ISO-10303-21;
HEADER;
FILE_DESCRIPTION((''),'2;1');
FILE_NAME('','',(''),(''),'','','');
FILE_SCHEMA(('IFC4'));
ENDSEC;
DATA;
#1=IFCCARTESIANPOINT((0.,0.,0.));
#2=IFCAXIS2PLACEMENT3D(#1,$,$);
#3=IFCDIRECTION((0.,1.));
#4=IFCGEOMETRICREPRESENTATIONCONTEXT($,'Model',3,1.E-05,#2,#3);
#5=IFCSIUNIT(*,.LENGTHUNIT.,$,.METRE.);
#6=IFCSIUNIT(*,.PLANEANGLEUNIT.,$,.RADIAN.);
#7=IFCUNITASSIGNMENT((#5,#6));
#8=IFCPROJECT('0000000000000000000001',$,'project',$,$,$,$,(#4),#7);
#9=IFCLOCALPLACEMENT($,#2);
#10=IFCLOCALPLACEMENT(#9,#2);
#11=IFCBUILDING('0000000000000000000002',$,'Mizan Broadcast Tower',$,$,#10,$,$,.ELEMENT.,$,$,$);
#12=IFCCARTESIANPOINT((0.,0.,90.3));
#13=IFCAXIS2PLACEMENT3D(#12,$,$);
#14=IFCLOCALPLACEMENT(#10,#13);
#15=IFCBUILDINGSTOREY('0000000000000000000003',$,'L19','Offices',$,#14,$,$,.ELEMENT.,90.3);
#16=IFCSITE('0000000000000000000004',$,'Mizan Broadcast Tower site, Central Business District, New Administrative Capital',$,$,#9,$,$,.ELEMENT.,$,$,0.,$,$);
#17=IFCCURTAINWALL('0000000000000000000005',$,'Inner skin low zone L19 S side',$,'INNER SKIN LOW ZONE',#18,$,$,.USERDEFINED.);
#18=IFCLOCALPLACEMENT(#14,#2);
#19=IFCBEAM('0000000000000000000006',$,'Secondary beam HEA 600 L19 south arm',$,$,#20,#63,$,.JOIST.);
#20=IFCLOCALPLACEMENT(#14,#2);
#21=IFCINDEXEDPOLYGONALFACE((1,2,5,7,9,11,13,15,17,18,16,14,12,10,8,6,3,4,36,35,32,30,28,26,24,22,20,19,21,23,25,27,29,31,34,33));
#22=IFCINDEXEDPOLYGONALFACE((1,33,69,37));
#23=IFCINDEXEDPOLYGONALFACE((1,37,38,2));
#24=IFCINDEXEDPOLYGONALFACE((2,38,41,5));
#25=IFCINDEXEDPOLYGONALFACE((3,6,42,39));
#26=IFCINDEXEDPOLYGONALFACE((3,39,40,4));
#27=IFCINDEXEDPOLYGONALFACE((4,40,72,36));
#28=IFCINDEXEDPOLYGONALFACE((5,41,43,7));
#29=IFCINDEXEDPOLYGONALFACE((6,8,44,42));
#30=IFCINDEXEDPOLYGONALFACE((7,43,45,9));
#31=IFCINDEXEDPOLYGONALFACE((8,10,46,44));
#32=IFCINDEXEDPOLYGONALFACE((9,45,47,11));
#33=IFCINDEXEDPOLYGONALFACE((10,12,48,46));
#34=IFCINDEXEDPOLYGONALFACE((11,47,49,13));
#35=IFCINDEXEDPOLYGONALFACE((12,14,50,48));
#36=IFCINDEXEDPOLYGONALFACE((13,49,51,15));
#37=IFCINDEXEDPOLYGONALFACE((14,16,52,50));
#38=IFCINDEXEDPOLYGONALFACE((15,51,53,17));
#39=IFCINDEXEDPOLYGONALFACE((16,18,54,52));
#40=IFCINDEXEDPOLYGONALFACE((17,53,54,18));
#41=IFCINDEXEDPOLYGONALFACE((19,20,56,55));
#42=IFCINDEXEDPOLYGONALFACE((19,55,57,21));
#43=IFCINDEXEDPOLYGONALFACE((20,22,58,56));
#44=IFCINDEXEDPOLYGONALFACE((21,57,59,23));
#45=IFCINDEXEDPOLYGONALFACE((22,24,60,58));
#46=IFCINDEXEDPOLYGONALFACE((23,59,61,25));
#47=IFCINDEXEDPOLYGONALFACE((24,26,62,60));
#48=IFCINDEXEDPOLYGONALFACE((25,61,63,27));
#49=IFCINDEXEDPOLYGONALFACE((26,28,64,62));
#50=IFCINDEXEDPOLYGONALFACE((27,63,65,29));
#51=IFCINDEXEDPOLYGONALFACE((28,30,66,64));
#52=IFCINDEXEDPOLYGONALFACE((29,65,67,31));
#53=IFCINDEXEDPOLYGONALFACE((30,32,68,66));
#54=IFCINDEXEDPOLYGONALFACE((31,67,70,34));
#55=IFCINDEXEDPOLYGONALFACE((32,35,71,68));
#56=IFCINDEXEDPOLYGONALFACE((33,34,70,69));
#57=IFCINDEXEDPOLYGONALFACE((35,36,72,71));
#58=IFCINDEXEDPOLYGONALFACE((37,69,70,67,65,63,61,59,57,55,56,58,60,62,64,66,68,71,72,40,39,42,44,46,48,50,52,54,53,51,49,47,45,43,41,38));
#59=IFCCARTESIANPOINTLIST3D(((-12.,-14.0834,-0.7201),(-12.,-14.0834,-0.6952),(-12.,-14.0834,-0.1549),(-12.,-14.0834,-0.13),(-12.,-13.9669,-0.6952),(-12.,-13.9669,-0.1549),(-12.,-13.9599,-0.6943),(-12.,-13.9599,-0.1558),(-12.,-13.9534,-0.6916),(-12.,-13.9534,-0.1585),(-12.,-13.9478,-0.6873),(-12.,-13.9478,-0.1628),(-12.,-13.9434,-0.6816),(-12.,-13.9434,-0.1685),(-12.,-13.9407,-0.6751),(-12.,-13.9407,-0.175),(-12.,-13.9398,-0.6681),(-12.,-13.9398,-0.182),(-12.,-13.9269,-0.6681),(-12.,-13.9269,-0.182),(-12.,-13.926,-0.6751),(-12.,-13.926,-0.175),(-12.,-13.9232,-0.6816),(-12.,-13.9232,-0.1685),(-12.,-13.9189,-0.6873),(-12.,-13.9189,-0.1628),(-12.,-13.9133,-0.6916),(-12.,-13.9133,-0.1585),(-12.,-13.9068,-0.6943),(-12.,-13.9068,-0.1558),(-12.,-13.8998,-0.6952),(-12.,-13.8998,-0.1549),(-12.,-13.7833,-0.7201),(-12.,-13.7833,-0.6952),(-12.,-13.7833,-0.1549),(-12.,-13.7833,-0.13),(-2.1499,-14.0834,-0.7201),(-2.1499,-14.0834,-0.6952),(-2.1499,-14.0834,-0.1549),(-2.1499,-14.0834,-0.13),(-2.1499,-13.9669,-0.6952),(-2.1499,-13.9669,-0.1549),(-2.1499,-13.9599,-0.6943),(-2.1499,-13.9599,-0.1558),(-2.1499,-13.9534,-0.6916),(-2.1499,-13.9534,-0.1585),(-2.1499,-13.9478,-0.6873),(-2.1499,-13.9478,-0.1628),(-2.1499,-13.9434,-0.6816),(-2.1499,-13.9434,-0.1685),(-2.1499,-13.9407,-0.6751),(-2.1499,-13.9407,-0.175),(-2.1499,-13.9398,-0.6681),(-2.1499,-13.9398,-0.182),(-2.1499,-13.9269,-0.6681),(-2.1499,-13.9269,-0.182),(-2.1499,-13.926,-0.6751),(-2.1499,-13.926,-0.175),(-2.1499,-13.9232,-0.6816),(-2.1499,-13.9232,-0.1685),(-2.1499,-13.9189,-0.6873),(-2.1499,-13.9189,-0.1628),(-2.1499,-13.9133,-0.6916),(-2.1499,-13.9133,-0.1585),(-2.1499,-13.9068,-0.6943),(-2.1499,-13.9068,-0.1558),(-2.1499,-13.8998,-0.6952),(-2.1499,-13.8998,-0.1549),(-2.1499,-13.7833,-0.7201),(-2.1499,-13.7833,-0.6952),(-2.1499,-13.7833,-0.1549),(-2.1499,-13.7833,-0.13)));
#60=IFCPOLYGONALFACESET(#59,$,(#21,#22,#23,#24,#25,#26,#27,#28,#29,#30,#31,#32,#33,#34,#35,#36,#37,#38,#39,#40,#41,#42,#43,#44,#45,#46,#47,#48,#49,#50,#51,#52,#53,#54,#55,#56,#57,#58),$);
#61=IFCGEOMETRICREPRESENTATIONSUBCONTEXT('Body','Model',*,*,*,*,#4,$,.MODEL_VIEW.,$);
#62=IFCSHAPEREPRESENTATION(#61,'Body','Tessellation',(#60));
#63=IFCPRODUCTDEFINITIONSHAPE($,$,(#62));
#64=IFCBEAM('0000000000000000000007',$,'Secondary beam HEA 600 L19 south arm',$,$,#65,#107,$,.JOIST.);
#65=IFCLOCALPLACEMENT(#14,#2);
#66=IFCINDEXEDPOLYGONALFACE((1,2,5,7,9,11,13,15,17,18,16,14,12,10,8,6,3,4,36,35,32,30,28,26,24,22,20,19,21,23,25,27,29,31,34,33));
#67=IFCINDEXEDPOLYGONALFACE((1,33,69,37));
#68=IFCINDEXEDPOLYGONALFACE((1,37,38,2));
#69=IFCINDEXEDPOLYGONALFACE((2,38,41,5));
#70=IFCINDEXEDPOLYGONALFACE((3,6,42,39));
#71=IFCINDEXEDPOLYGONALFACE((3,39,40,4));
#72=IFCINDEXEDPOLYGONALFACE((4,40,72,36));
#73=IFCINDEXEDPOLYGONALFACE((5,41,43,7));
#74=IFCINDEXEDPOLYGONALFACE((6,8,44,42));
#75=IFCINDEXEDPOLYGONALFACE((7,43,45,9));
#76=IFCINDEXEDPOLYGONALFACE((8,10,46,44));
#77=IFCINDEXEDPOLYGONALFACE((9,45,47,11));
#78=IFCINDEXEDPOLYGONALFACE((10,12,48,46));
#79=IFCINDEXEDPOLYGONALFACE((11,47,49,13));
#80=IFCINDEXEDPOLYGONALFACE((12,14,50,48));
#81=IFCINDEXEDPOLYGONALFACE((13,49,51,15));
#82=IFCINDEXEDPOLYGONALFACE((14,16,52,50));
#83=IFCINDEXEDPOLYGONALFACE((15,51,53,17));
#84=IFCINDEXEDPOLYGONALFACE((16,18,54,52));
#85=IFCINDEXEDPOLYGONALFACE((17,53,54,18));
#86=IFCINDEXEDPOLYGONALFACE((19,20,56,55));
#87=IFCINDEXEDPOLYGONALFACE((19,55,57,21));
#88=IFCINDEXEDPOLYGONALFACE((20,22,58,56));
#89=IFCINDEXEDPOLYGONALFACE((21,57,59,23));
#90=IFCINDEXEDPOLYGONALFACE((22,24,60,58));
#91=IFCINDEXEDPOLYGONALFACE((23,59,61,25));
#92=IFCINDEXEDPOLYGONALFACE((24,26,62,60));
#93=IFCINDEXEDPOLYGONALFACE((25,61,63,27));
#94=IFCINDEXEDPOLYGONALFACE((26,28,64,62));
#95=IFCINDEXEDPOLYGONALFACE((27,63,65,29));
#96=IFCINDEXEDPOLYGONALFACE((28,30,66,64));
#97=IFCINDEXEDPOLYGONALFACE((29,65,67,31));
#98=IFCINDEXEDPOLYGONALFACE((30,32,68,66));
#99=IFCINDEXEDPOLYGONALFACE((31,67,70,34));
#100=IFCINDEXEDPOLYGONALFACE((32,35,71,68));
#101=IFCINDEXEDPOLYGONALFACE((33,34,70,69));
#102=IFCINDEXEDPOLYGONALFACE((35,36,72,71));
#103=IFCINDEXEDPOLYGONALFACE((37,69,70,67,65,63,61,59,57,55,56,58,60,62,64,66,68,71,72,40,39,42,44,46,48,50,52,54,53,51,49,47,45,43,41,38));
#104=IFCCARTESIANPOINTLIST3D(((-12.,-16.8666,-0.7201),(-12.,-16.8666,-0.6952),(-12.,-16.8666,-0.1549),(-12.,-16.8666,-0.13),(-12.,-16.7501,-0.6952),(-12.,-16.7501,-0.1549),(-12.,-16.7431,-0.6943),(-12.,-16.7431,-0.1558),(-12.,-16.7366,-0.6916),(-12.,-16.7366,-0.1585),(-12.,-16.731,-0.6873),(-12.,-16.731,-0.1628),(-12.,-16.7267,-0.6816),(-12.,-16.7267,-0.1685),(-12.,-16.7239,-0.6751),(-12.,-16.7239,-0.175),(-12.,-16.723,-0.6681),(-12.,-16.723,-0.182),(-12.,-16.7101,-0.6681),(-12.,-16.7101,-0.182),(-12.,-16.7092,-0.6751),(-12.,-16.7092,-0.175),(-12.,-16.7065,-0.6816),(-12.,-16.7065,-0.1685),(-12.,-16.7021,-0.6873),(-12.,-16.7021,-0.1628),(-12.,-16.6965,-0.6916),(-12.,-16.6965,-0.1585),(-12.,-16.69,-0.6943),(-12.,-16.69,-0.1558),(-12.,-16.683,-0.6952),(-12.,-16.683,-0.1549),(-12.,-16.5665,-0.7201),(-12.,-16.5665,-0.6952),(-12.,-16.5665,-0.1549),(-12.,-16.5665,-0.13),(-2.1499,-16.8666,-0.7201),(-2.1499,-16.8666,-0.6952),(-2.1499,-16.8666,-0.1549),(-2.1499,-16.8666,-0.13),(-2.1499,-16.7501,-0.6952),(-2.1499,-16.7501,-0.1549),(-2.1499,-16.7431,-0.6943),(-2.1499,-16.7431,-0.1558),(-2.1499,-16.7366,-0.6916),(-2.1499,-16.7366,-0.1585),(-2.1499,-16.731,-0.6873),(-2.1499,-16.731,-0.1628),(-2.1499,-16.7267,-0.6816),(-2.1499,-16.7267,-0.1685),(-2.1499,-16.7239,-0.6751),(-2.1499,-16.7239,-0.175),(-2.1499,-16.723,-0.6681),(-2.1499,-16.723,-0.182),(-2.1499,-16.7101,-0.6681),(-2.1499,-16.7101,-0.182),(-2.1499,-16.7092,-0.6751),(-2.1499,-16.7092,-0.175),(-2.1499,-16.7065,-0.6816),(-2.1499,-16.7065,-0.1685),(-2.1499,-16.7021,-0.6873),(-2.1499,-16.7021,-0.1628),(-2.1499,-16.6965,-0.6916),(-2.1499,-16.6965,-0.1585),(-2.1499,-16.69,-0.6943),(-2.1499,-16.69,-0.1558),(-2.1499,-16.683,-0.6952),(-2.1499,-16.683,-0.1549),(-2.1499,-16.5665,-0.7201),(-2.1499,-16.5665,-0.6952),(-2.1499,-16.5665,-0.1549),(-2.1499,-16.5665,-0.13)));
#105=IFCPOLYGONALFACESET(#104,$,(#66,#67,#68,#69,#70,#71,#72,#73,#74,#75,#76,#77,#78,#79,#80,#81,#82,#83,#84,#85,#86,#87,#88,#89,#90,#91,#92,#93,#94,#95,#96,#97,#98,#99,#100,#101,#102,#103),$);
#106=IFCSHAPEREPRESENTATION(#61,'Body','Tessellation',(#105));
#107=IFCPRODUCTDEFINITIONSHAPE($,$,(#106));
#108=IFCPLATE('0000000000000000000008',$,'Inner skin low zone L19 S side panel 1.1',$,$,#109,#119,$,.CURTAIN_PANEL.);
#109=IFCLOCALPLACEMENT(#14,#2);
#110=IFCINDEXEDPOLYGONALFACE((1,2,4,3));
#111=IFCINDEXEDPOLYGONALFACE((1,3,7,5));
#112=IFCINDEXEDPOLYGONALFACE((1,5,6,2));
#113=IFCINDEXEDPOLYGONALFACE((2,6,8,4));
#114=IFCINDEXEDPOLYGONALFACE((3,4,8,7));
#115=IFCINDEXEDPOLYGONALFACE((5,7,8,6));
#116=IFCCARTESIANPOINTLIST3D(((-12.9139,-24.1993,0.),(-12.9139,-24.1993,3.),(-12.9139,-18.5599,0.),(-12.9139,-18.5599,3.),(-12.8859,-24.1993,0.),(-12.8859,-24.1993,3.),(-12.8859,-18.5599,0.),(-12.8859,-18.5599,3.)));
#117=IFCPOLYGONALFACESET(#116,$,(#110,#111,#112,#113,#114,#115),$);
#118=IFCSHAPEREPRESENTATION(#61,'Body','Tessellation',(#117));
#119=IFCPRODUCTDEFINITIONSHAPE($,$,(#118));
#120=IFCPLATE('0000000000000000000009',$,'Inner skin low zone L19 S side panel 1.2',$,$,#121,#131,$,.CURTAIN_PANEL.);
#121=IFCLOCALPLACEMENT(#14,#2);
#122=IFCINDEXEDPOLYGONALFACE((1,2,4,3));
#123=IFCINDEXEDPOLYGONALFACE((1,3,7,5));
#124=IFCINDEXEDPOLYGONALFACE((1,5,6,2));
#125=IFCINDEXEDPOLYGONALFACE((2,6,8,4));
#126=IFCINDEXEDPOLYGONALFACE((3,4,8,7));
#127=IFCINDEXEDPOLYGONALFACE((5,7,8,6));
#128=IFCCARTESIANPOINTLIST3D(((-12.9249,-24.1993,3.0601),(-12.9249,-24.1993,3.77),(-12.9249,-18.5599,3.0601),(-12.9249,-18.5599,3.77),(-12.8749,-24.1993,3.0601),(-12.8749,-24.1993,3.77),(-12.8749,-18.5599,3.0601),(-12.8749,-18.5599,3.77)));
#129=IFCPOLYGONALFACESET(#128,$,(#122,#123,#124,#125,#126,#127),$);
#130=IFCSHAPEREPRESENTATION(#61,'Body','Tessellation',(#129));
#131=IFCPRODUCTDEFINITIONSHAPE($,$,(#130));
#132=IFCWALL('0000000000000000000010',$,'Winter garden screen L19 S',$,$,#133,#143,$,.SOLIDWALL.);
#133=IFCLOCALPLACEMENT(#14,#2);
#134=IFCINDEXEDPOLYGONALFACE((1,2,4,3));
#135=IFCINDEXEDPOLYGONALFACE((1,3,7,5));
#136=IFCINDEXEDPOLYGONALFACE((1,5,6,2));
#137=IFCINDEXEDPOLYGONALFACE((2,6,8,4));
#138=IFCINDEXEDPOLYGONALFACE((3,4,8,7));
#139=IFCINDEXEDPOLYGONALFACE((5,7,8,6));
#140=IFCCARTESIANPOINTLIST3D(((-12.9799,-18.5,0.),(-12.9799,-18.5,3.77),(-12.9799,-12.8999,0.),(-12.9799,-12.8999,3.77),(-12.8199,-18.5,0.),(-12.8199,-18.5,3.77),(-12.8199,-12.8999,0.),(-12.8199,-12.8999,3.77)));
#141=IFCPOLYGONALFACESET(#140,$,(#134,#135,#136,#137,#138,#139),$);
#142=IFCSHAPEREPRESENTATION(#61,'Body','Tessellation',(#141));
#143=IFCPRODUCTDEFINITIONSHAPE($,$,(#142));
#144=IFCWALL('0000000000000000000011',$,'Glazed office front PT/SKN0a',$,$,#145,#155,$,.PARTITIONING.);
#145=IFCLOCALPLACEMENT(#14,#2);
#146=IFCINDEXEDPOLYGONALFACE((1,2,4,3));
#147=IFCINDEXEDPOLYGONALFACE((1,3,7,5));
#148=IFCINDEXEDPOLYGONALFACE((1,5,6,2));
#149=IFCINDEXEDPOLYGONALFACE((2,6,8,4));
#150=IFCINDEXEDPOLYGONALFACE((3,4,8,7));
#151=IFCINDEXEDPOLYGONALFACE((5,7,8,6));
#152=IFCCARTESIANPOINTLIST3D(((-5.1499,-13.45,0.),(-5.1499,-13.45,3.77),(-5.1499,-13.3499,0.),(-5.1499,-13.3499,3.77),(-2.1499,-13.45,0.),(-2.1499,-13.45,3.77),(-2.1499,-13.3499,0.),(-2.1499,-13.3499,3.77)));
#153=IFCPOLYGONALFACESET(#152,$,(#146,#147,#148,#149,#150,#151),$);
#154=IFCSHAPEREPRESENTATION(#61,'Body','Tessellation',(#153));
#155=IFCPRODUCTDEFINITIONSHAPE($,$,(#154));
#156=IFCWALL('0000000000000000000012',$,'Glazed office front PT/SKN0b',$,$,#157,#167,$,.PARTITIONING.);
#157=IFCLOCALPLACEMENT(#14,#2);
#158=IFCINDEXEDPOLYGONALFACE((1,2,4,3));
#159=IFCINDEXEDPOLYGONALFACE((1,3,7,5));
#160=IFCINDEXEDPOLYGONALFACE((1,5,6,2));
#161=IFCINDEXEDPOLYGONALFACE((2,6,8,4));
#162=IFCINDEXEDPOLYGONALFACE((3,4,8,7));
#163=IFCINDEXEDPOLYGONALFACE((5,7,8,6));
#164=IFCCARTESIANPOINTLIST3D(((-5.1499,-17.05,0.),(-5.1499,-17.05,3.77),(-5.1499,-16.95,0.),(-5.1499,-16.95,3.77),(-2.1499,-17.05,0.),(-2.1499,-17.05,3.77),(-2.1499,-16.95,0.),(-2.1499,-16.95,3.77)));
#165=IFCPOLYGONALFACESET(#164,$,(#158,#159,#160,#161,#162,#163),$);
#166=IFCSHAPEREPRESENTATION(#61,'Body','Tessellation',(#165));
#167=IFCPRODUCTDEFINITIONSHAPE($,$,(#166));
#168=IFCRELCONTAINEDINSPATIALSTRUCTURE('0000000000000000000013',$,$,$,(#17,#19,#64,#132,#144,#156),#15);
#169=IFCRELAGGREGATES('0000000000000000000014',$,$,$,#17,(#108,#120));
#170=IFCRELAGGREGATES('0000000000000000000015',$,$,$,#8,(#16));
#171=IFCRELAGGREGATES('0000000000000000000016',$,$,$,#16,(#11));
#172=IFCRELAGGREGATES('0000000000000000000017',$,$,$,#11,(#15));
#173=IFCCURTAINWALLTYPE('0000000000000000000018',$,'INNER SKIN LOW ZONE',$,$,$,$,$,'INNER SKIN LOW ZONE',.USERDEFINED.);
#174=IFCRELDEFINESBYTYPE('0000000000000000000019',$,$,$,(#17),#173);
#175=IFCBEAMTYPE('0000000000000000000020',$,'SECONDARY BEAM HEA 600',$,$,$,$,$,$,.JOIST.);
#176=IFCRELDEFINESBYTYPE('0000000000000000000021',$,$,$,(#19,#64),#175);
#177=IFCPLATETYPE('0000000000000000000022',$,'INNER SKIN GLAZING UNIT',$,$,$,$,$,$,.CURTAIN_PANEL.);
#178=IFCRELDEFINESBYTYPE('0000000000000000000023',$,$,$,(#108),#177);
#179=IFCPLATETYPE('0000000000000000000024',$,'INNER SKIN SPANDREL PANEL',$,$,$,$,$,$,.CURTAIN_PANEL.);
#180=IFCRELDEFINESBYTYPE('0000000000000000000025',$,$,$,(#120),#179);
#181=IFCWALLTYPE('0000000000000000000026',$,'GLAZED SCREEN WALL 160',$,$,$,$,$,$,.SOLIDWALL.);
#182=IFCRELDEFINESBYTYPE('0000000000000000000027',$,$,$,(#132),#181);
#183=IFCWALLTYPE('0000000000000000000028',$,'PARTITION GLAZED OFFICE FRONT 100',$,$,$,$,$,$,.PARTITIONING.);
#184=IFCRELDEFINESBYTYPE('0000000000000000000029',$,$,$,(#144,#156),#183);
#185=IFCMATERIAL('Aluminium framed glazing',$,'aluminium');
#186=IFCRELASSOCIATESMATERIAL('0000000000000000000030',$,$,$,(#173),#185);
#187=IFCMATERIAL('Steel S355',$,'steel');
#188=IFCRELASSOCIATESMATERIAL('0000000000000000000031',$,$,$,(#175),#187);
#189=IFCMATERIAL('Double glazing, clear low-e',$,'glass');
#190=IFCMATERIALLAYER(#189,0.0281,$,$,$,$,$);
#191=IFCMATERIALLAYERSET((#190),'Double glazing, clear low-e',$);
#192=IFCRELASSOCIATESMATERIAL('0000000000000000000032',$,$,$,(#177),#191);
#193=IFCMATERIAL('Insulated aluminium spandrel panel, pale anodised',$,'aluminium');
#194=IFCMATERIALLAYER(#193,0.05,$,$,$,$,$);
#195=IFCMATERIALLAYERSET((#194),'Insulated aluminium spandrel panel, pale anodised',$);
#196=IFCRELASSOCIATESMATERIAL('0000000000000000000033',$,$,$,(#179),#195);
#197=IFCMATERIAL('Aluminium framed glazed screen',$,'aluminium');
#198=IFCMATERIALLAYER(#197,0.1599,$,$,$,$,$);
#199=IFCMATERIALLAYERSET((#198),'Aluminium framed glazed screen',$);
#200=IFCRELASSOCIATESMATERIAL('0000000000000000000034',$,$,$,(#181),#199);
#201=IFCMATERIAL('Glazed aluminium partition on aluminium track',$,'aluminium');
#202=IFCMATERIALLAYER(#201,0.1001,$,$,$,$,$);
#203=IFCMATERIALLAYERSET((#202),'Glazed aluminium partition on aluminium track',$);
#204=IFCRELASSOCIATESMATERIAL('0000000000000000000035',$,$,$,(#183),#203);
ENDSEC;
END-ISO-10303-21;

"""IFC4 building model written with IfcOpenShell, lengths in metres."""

from ifc_helpers import new_model, si_unit, direction, frame, frame_2d, origin, origin_2d, place, context, subcontext, project, spatial, rectangle, i_section, extrude, material, layer, layer_set, material_profile, profile_set, type_object, element, aggregate, save


model = new_model("IFC4")

# Units and contexts
model_context = context("Model", 3, precision=1e-05, world=origin(), true_north=direction((0.0, 1.0)))
body_context = subcontext(model_context, "Body", "Model", "MODEL_VIEW")
ifc_project = project(units=[si_unit("LENGTHUNIT", "METRE"), si_unit("PLANEANGLEUNIT", "RADIAN")], contexts=[model_context])

# Site, building, storey
site_placement = place(None, origin())
site = spatial("IfcSite", under=ifc_project, at=site_placement, Name="Mizan Broadcast Tower site, Central Business District, New Administrative Capital", CompositionType="ELEMENT", RefElevation=0.0)
building_placement = place(site_placement, origin())
building = spatial("IfcBuilding", under=site, at=building_placement, Name="Mizan Broadcast Tower", CompositionType="ELEMENT")
storey_placement = place(building_placement, frame((0.0, 0.0, 90.3)))
storey = spatial("IfcBuildingStorey", under=building, at=storey_placement, Name="L19", Description="Offices", CompositionType="ELEMENT", Elevation=90.3)

# Curtain wall
ifc_material_1 = material(Name="Aluminium framed glazing", Category="aluminium")
curtain_wall_type = type_object("IfcCurtainWallType", Name="INNER SKIN LOW ZONE", ElementType="INNER SKIN LOW ZONE", PredefinedType="USERDEFINED", material=ifc_material_1)
curtain_wall_placement = place(storey_placement, origin())
curtain_wall = element("IfcCurtainWall", 1, at=curtain_wall_placement, inside=storey, type_object=curtain_wall_type, Name="Inner skin low zone L19 S side", ObjectType="INNER SKIN LOW ZONE", PredefinedType="USERDEFINED")

# Beams
ifc_material_2 = material(Name="Steel S355", Category="steel")
ifc_material_profile_1 = material_profile(ifc_material_2, i_section(OverallWidth=0.3, OverallDepth=0.5901, WebThickness=0.0129, FlangeThickness=0.0249, FilletRadius=0.0271, at=origin_2d()), Name="HEA 600")
ifc_profile_set_1 = profile_set([ifc_material_profile_1], Name="Steel S355")
beam_type_1 = type_object("IfcBeamType", Name="SECONDARY BEAM HEA 600", PredefinedType="JOIST", material=ifc_profile_set_1)
for number, where, z_axis, x_axis, name in (
    (2, (-12.0, -13.9333, -0.425), (1.0, 0.0, 0.0), (0.0, 1.0, 0.0), "Secondary beam HEA 600 L19 south arm"),
    (3, (-12.0, -16.7166, -0.425), (1.0, 0.0, 0.0), (0.0, 1.0, 0.0), "Secondary beam HEA 600 L19 south arm"),
):
    element("IfcBeam", number, at=place(storey_placement, frame(where, z_axis=z_axis, x_axis=x_axis)), inside=storey, type_object=beam_type_1, Name=name, PredefinedType="JOIST", context=body_context, shape_type="SweptSolid", body=[
        extrude(i_section(OverallWidth=0.3, OverallDepth=0.5901, WebThickness=0.0129, FlangeThickness=0.0249, FilletRadius=0.0271, at=origin_2d()), origin(), (0.0, 0.0, 1.0), 9.8501),
    ])

# Plates
ifc_material_3 = material(Name="Double glazing, clear low-e", Category="glass")
ifc_layer_1 = layer(ifc_material_3, 0.0281)
ifc_layer_set_1 = layer_set([ifc_layer_1], Name="Double glazing, clear low-e")
plate_type_1 = type_object("IfcPlateType", Name="INNER SKIN GLAZING UNIT", PredefinedType="CURTAIN_PANEL", material=ifc_layer_set_1)
plate_1_placement = place(storey_placement, frame((-12.8999, -21.3796, 0.0), z_axis=(0.0, 0.0, 1.0), x_axis=(0.0, -1.0, 0.0)))
plate_1 = element("IfcPlate", 4, at=plate_1_placement, type_object=plate_type_1, Name="Inner skin low zone L19 S side panel 1.1", PredefinedType="CURTAIN_PANEL", context=body_context, shape_type="SweptSolid", body=[
    extrude(rectangle(XDim=5.6394, YDim=0.0281, at=origin_2d()), origin(), (0.0, 0.0, 1.0), 3.0),
])
ifc_material_4 = material(Name="Insulated aluminium spandrel panel, pale anodised", Category="aluminium")
ifc_layer_2 = layer(ifc_material_4, 0.05)
ifc_layer_set_2 = layer_set([ifc_layer_2], Name="Insulated aluminium spandrel panel, pale anodised")
plate_type_2 = type_object("IfcPlateType", Name="INNER SKIN SPANDREL PANEL", PredefinedType="CURTAIN_PANEL", material=ifc_layer_set_2)
plate_2_placement = place(storey_placement, frame((-12.8999, -21.3796, 3.0601), z_axis=(0.0, 0.0, 1.0), x_axis=(0.0, -1.0, 0.0)))
plate_2 = element("IfcPlate", 5, at=plate_2_placement, type_object=plate_type_2, Name="Inner skin low zone L19 S side panel 1.2", PredefinedType="CURTAIN_PANEL", context=body_context, shape_type="SweptSolid", body=[
    extrude(rectangle(XDim=5.6394, YDim=0.05, at=origin_2d()), origin(), (0.0, 0.0, 1.0), 0.71),
])
aggregate(curtain_wall, [plate_1, plate_2])

# Walls
ifc_material_5 = material(Name="Aluminium framed glazed screen", Category="aluminium")
ifc_layer_3 = layer(ifc_material_5, 0.1599)
ifc_layer_set_3 = layer_set([ifc_layer_3], Name="Aluminium framed glazed screen")
wall_type_1 = type_object("IfcWallType", Name="GLAZED SCREEN WALL 160", PredefinedType="SOLIDWALL", material=ifc_layer_set_3)
wall_1_placement = place(storey_placement, frame((-12.8999, -12.8999, 0.0), z_axis=(0.0, 0.0, 1.0), x_axis=(0.0, -1.0, 0.0)))
element("IfcWall", 6, at=wall_1_placement, inside=storey, type_object=wall_type_1, Name="Winter garden screen L19 S", PredefinedType="SOLIDWALL", context=body_context, shape_type="SweptSolid", body=[
    extrude(rectangle(XDim=5.6001, YDim=0.1599, at=frame_2d((2.8, 0.0))), origin(), (0.0, 0.0, 1.0), 3.77),
])
ifc_material_6 = material(Name="Glazed aluminium partition on aluminium track", Category="aluminium")
ifc_layer_4 = layer(ifc_material_6, 0.1001)
ifc_layer_set_4 = layer_set([ifc_layer_4], Name="Glazed aluminium partition on aluminium track")
wall_type_2 = type_object("IfcWallType", Name="PARTITION GLAZED OFFICE FRONT 100", PredefinedType="PARTITIONING", material=ifc_layer_set_4)
for number, where, z_axis, x_axis, name in (
    (7, (-2.1499, -13.3999, 0.0), (0.0, 0.0, 1.0), (-1.0, 0.0, 0.0), "Glazed office front PT/SKN0a"),
    (8, (-2.1499, -17.0, 0.0), (0.0, 0.0, 1.0), (-1.0, 0.0, 0.0), "Glazed office front PT/SKN0b"),
):
    element("IfcWall", number, at=place(storey_placement, frame(where, z_axis=z_axis, x_axis=x_axis)), inside=storey, type_object=wall_type_2, Name=name, PredefinedType="PARTITIONING", context=body_context, shape_type="SweptSolid", body=[
        extrude(rectangle(XDim=3.0, YDim=0.1001, at=frame_2d((1.5, 0.0))), origin(), (0.0, 0.0, 1.0), 3.77),
    ])

save(model, "model.ifc")
